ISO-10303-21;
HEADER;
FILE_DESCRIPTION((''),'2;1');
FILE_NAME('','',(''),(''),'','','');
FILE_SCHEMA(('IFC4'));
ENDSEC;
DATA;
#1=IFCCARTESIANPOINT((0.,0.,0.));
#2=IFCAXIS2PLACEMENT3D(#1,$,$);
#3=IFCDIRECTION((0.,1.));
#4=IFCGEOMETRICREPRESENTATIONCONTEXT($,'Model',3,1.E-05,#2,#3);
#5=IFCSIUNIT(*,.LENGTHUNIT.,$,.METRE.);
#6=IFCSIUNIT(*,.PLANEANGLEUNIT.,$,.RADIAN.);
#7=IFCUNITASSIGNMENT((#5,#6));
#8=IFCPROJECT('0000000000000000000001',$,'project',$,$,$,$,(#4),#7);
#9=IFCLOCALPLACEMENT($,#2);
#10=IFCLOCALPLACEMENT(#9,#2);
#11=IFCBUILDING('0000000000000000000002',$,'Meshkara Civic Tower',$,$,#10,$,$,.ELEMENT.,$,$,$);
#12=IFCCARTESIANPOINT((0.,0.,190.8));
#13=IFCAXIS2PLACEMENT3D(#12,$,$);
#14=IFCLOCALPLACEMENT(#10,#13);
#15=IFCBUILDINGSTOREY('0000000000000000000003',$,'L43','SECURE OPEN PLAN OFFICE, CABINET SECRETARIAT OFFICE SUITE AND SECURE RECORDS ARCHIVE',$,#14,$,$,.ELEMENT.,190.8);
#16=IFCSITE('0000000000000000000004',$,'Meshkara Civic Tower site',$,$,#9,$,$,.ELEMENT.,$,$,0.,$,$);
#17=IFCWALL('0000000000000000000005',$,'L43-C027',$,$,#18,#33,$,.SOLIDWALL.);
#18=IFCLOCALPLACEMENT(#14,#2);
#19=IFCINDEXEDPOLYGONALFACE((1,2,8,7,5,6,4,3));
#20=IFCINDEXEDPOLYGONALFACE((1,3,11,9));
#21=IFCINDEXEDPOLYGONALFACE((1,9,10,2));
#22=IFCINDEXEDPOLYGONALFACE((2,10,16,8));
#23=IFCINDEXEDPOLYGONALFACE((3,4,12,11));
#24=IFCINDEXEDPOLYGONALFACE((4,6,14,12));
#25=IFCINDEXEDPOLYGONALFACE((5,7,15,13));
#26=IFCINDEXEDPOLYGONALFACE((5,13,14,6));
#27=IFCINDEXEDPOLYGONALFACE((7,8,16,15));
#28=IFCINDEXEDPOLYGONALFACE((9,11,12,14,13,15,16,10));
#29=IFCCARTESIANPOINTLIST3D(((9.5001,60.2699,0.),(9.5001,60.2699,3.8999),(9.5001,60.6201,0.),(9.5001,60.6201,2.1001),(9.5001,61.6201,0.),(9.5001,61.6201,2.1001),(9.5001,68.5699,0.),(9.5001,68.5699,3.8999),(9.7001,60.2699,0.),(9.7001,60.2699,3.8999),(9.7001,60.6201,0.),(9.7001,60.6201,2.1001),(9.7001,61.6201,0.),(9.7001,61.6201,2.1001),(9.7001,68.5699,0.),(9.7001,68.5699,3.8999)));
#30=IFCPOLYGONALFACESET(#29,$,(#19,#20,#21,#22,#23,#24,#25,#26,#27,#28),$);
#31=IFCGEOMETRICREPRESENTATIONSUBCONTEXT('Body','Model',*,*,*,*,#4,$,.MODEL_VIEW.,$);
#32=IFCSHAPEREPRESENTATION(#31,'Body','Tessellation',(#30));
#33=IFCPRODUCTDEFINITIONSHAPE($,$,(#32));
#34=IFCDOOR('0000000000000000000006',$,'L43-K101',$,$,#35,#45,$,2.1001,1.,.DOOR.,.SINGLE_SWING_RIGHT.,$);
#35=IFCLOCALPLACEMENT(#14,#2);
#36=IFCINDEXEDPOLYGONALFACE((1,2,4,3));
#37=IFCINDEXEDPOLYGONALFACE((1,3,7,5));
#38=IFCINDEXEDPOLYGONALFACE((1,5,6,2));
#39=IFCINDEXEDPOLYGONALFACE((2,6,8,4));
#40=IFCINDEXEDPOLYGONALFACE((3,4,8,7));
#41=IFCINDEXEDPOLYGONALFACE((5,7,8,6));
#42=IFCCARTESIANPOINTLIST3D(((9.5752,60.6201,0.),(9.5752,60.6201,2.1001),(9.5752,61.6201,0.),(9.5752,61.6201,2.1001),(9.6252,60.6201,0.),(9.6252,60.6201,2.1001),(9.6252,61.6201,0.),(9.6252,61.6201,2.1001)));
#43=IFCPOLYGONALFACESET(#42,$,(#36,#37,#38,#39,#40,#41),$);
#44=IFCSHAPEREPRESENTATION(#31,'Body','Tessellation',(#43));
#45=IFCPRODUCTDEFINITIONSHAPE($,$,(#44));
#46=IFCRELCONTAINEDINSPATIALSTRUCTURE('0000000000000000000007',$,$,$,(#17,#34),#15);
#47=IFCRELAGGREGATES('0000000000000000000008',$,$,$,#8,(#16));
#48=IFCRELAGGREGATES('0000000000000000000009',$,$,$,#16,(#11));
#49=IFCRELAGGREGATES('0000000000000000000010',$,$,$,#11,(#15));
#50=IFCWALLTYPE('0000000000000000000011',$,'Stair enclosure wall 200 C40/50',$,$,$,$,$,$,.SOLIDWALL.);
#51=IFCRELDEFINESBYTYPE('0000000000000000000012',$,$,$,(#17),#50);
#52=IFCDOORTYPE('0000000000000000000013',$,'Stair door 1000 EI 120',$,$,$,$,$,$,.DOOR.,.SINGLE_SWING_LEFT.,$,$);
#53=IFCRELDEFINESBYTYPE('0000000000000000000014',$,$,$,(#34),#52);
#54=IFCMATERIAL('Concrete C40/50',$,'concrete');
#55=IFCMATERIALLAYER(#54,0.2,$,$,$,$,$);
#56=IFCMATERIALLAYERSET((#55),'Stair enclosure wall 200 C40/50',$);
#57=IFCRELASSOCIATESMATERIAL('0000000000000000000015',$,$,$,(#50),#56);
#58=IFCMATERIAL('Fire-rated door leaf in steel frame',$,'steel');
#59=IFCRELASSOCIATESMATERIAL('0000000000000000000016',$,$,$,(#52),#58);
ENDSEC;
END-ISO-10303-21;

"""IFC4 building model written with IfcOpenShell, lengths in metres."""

from ifc_helpers import new_model, si_unit, direction, frame, frame_2d, origin, place, context, subcontext, project, spatial, rectangle, extrude, material, layer, layer_set, type_object, element, fill, save


model = new_model("IFC4")

# Units and contexts
model_context = context("Model", 3, precision=1e-05, world=origin(), true_north=direction((0.0, 1.0)))
body_context = subcontext(model_context, "Body", "Model", "MODEL_VIEW")
ifc_project = project(units=[si_unit("LENGTHUNIT", "METRE"), si_unit("PLANEANGLEUNIT", "RADIAN")], contexts=[model_context])

# Site, building, storey
site_placement = place(None, origin())
site = spatial("IfcSite", under=ifc_project, at=site_placement, Name="Meshkara Civic Tower site", CompositionType="ELEMENT", RefElevation=0.0)
building_placement = place(site_placement, origin())
building = spatial("IfcBuilding", under=site, at=building_placement, Name="Meshkara Civic Tower", CompositionType="ELEMENT")
storey_placement = place(building_placement, frame((0.0, 0.0, 190.8)))
storey = spatial("IfcBuildingStorey", under=building, at=storey_placement, Name="L43", Description="SECURE OPEN PLAN OFFICE, CABINET SECRETARIAT OFFICE SUITE AND SECURE RECORDS ARCHIVE", CompositionType="ELEMENT", Elevation=190.8)

# Wall, opening, door
ifc_material_1 = material(Name="Concrete C40/50", Category="concrete")
ifc_layer_1 = layer(ifc_material_1, 0.2)
ifc_layer_set_1 = layer_set([ifc_layer_1], Name="Stair enclosure wall 200 C40/50")
wall_type_1 = type_object("IfcWallType", Name="Stair enclosure wall 200 C40/50", PredefinedType="SOLIDWALL", material=ifc_layer_set_1)
wall_1_placement = place(storey_placement, frame((9.6001, 60.27, 0.0), z_axis=(0.0, 0.0, 1.0), x_axis=(0.0, 1.0, 0.0)))
wall_1 = element("IfcWall", 1, at=wall_1_placement, inside=storey, type_object=wall_type_1, Name="L43-C027", PredefinedType="SOLIDWALL", context=body_context, shape_type="SweptSolid", body=[
    extrude(rectangle(XDim=8.3, YDim=0.2, at=frame_2d((4.1499, 0.0))), origin(), (0.0, 0.0, 1.0), 3.8999),
])
opening_1_placement = place(wall_1_placement, frame((0.3501, 0.0, 0.0)))
opening_1 = element("IfcOpeningElement", 2, at=opening_1_placement, cuts=wall_1, PredefinedType="OPENING", context=body_context, shape_type="SweptSolid", body=[
    extrude(rectangle(XDim=1.0, YDim=2.1001, at=frame_2d((0.5, 1.05))), frame((0.0, 0.1099, 0.0), z_axis=(0.0, -1.0, 0.0), x_axis=(1.0, 0.0, 0.0)), (0.0, 0.0, 1.0), 0.22),
])
ifc_material_2 = material(Name="Fire-rated door leaf in steel frame", Category="steel")
door_type = type_object("IfcDoorType", Name="Stair door 1000 EI 120", OperationType="SINGLE_SWING_LEFT", PredefinedType="DOOR", material=ifc_material_2)
door_placement = place(opening_1_placement, origin())
door = element("IfcDoor", 3, at=door_placement, inside=storey, type_object=door_type, Name="L43-K101", OperationType="SINGLE_SWING_RIGHT", OverallHeight=2.1001, OverallWidth=1.0, PredefinedType="DOOR", context=body_context, shape_type="SweptSolid", body=[
    extrude(rectangle(XDim=1.0, YDim=2.1001, at=frame_2d((0.5, 1.05))), frame((0.0, 0.0249, 0.0), z_axis=(0.0, -1.0, 0.0), x_axis=(1.0, 0.0, 0.0)), (0.0, 0.0, 1.0), 0.05),
])
fill(opening_1, door)

save(model, "model.ifc")
